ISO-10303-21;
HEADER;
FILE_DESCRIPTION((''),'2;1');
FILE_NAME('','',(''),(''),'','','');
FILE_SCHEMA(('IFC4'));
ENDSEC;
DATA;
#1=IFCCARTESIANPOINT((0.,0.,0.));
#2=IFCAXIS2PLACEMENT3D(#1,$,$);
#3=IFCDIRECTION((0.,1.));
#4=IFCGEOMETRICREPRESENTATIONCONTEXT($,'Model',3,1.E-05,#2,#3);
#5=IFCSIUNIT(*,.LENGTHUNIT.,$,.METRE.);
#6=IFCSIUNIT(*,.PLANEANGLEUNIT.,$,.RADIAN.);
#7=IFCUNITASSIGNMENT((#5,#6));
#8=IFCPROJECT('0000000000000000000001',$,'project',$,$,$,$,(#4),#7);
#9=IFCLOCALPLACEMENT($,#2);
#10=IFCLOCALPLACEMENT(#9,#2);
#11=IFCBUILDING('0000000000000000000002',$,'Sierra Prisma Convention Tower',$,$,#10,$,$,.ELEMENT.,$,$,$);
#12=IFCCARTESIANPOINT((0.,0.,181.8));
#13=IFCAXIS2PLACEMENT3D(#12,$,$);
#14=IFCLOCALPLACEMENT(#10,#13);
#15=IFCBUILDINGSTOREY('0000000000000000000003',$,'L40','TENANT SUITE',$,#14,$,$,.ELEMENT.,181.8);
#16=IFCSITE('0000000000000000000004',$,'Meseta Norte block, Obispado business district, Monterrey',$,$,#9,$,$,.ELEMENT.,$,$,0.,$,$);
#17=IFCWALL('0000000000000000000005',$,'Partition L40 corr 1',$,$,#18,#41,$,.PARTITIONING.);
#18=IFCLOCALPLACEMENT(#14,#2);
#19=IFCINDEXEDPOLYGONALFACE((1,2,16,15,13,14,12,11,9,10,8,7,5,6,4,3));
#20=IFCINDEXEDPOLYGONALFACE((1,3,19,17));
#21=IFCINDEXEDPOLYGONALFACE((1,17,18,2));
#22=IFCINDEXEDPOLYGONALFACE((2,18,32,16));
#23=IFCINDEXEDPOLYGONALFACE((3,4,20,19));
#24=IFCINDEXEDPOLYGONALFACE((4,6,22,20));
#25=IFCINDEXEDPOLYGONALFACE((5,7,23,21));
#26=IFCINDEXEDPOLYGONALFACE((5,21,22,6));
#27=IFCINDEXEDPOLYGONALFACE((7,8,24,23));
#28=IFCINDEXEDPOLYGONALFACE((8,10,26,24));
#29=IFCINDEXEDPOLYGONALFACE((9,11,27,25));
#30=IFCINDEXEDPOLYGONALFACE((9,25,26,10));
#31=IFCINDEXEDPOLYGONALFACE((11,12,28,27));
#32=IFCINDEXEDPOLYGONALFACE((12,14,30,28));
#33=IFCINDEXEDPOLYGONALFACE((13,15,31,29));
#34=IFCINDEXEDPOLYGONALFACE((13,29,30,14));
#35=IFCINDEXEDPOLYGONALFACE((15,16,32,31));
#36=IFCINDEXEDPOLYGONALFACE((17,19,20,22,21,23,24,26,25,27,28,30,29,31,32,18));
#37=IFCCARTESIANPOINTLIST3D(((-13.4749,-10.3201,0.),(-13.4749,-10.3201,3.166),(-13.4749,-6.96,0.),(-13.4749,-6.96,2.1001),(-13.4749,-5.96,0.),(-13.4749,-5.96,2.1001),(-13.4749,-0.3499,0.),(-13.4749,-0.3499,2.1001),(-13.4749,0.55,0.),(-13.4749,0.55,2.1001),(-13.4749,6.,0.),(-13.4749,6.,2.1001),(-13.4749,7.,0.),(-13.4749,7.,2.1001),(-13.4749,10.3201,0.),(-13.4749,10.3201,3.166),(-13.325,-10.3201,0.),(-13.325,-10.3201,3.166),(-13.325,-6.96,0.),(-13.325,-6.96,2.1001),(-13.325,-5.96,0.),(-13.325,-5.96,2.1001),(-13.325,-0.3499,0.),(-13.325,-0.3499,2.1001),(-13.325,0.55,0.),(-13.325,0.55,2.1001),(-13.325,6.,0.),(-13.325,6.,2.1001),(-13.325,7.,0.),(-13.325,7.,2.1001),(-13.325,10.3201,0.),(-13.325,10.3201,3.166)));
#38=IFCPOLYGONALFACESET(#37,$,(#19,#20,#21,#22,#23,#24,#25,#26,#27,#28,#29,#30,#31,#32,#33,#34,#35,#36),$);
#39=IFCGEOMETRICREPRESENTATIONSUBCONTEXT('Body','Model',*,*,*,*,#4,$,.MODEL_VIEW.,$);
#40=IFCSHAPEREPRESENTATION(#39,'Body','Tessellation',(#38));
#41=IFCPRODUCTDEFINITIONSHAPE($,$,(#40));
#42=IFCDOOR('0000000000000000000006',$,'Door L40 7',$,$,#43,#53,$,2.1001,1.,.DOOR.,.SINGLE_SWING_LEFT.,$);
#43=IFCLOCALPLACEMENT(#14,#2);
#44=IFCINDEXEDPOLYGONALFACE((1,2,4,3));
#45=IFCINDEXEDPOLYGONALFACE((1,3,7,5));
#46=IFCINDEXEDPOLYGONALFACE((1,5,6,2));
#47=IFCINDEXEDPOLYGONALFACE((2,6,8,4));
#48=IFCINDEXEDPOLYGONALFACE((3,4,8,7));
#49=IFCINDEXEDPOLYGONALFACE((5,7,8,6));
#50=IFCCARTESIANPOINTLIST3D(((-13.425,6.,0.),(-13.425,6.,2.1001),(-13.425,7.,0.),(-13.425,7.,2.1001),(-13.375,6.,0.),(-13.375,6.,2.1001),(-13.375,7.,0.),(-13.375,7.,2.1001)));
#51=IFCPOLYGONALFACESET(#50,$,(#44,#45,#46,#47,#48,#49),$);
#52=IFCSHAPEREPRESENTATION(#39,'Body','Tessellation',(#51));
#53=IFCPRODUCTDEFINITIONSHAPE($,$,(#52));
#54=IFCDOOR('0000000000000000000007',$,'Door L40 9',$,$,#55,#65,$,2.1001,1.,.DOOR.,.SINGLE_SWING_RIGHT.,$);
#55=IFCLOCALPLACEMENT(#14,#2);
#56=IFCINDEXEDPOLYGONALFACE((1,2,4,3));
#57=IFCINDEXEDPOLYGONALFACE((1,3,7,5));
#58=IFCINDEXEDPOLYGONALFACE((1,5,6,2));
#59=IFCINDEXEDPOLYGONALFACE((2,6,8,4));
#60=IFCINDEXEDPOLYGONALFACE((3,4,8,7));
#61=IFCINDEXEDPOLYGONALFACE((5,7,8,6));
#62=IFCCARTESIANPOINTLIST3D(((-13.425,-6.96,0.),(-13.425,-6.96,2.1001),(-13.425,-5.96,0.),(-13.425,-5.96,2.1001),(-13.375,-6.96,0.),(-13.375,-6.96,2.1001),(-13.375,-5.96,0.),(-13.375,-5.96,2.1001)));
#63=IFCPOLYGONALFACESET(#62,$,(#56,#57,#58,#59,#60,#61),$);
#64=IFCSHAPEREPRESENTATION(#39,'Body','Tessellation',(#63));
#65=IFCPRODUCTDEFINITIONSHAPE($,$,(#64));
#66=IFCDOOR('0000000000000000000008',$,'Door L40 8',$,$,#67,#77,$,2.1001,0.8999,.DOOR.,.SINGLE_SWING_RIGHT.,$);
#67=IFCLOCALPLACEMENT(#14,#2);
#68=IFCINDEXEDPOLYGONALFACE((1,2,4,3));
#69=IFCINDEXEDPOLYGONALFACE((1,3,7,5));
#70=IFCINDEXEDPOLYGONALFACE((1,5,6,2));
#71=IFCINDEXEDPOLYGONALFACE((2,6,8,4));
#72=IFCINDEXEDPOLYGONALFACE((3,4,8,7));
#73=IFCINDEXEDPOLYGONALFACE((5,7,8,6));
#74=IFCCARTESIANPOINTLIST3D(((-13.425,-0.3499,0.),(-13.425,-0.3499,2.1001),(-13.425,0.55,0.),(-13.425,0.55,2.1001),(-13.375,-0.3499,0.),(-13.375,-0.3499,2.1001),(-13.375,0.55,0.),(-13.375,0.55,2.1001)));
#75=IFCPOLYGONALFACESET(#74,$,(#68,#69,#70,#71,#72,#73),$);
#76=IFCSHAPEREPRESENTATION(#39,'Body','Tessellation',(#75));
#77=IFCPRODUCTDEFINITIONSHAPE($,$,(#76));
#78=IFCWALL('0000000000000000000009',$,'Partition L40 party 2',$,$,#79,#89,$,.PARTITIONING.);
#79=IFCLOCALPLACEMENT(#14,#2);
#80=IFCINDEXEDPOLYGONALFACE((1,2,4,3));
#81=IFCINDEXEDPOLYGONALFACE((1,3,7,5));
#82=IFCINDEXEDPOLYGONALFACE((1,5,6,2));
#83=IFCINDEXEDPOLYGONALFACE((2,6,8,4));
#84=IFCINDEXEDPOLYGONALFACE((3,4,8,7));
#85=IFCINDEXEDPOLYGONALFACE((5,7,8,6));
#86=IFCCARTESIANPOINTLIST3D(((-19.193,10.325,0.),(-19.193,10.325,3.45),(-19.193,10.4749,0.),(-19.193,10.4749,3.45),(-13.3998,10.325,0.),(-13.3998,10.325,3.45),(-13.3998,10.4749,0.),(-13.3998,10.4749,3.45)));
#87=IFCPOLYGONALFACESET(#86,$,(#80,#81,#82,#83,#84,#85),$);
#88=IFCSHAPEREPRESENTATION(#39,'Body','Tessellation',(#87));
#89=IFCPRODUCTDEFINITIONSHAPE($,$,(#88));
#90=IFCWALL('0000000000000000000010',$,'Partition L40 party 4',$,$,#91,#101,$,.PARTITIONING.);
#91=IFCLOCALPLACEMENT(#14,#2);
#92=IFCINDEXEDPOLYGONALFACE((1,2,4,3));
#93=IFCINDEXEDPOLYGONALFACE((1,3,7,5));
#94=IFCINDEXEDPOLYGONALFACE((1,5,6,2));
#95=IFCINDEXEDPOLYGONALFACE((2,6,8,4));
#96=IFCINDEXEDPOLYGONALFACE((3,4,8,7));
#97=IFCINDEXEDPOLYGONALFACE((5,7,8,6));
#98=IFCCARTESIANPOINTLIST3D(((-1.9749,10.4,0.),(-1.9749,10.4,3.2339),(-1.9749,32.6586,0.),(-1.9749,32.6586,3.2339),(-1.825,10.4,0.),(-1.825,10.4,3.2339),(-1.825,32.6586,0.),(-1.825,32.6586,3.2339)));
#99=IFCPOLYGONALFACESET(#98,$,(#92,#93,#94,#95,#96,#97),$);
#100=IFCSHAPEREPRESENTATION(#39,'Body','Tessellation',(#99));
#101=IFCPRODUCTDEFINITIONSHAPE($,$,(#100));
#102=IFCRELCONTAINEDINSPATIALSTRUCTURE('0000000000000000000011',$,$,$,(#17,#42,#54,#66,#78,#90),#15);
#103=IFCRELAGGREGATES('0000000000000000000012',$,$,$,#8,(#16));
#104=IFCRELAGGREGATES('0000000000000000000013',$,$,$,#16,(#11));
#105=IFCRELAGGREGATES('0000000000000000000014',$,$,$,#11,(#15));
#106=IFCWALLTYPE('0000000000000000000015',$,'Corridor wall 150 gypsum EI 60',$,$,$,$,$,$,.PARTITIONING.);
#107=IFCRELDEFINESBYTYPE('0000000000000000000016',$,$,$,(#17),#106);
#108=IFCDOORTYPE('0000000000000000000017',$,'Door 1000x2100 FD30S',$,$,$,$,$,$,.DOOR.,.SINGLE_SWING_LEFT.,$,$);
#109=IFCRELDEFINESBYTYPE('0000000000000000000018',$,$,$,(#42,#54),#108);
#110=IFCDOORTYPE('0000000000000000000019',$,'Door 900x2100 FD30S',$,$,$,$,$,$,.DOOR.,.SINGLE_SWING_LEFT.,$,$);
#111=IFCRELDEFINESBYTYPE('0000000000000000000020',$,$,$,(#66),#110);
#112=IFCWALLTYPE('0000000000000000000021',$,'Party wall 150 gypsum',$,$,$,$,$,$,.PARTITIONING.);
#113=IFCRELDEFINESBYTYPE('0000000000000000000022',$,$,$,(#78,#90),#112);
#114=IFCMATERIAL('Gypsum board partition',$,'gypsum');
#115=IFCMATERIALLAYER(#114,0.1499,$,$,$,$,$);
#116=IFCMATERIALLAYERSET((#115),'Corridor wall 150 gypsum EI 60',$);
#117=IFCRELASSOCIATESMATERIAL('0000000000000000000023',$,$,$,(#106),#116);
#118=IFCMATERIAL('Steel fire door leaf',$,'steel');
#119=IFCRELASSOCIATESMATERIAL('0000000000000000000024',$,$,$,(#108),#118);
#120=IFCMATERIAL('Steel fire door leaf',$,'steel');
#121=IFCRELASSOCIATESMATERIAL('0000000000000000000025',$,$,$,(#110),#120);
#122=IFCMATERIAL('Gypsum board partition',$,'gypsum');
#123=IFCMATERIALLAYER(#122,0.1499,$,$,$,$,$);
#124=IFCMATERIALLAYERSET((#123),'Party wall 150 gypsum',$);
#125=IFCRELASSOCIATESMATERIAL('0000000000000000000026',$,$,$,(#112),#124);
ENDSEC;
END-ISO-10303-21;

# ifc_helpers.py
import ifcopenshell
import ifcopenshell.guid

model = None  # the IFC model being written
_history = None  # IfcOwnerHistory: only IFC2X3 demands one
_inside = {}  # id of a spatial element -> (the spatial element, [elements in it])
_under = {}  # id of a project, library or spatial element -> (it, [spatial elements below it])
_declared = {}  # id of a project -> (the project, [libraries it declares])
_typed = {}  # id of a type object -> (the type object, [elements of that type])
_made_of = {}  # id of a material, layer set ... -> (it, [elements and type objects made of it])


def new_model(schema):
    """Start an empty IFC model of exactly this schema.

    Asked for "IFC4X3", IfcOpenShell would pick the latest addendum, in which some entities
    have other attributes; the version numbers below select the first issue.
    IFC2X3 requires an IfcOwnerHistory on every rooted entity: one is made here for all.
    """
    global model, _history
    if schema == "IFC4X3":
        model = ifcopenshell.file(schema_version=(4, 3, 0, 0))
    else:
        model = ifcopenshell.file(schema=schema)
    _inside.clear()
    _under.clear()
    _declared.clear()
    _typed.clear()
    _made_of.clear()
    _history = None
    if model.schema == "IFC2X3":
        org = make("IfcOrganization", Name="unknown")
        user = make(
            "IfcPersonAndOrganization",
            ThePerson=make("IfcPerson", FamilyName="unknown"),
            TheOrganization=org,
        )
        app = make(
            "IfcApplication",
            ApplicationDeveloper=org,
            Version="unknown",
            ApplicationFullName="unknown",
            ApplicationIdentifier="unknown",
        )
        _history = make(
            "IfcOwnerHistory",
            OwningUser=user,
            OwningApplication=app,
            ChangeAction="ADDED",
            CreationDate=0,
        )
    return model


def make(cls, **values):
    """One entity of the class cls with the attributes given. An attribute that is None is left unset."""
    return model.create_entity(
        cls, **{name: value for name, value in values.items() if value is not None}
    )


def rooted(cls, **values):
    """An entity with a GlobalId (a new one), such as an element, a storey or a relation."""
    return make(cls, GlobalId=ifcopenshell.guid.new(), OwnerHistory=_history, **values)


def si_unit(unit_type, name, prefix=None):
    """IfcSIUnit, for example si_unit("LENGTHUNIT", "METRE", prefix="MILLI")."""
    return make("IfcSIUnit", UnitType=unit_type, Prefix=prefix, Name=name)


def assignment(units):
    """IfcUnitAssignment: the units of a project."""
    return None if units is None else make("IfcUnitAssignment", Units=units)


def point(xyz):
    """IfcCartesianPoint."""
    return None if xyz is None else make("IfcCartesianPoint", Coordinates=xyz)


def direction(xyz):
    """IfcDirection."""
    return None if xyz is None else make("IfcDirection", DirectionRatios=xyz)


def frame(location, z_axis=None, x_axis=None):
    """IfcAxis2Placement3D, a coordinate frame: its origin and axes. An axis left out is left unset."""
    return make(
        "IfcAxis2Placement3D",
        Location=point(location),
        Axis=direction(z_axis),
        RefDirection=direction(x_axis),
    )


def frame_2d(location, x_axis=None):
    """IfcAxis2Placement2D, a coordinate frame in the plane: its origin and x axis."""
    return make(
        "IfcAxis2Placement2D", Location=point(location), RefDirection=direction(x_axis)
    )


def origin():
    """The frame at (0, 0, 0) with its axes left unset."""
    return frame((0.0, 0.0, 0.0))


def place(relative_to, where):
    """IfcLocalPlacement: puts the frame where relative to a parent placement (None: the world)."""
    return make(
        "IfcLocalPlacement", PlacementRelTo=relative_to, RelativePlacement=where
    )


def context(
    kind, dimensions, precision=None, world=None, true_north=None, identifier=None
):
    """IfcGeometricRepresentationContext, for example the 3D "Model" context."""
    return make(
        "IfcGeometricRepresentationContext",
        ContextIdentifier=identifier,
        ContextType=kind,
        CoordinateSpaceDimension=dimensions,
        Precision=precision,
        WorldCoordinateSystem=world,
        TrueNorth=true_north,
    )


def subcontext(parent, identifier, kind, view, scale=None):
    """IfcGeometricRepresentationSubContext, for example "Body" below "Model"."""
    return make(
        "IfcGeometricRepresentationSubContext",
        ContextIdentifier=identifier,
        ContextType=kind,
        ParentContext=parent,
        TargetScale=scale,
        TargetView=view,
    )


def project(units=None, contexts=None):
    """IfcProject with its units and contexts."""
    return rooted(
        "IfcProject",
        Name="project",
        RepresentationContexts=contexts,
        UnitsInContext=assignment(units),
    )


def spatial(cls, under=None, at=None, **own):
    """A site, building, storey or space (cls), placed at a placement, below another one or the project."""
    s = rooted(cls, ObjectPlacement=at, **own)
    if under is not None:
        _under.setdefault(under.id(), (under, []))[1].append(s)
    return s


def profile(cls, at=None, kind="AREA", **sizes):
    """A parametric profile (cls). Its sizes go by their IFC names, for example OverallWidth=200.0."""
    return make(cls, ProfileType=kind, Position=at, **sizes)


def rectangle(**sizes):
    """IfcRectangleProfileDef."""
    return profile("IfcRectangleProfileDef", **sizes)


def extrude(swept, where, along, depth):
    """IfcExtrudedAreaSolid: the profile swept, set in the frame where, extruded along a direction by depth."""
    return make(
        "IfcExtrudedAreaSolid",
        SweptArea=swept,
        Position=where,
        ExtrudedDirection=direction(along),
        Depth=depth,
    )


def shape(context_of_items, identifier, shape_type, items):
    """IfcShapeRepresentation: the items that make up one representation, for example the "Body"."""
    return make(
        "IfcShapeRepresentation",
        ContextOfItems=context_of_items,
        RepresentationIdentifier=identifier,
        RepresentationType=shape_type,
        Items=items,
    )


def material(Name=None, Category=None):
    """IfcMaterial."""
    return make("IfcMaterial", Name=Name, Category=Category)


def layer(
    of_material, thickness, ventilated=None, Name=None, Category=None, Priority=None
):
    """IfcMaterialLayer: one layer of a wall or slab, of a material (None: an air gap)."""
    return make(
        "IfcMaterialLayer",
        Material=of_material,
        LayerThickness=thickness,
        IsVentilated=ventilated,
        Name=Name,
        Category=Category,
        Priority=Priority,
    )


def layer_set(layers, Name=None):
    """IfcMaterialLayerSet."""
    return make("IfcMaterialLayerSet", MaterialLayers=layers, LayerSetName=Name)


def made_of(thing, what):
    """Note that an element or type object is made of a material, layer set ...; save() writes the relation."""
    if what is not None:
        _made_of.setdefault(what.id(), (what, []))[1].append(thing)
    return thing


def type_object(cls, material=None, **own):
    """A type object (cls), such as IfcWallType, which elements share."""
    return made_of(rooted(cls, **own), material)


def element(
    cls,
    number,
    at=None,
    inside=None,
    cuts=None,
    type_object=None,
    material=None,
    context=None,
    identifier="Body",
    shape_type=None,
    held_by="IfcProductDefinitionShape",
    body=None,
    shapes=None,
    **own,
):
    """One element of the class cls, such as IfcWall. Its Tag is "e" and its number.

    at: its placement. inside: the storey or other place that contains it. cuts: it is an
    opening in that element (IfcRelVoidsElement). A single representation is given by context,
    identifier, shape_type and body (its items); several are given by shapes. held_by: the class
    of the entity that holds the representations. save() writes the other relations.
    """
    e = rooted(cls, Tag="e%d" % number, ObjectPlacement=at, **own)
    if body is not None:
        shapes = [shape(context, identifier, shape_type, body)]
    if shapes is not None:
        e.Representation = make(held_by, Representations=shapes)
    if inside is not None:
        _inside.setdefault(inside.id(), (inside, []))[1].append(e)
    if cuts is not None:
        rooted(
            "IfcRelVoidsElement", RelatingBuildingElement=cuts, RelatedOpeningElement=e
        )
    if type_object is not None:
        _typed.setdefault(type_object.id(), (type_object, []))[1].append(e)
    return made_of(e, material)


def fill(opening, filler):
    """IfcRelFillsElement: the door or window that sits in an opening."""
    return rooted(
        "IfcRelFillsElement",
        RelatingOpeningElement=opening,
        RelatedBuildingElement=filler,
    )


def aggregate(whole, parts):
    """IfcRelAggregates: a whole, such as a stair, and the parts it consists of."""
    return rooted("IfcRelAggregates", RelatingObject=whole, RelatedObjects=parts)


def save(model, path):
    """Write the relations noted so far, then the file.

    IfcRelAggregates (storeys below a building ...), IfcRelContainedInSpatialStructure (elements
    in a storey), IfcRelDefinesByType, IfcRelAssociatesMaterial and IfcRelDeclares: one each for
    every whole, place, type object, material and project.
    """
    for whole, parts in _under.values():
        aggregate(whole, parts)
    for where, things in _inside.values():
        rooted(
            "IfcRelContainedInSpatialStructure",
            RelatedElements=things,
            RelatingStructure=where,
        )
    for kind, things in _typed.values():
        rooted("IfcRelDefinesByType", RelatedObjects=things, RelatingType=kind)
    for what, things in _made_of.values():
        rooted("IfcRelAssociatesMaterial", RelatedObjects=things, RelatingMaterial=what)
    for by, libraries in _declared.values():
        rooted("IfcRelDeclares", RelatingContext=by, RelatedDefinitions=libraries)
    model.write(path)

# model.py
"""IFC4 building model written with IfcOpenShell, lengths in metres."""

from ifc_helpers import new_model, si_unit, direction, frame, frame_2d, origin, place, context, subcontext, project, spatial, rectangle, extrude, material, layer, layer_set, type_object, element, fill, save


model = new_model("IFC4")

# Units and contexts
model_context = context("Model", 3, precision=1e-05, world=origin(), true_north=direction((0.0, 1.0)))
body_context = subcontext(model_context, "Body", "Model", "MODEL_VIEW")
ifc_project = project(units=[si_unit("LENGTHUNIT", "METRE"), si_unit("PLANEANGLEUNIT", "RADIAN")], contexts=[model_context])

# Site, building, storey
site_placement = place(None, origin())
site = spatial("IfcSite", under=ifc_project, at=site_placement, Name="Meseta Norte block, Obispado business district, Monterrey", CompositionType="ELEMENT", RefElevation=0.0)
building_placement = place(site_placement, origin())
building = spatial("IfcBuilding", under=site, at=building_placement, Name="Sierra Prisma Convention Tower", CompositionType="ELEMENT")
storey_placement = place(building_placement, frame((0.0, 0.0, 181.8)))
storey = spatial("IfcBuildingStorey", under=building, at=storey_placement, Name="L40", Description="TENANT SUITE", CompositionType="ELEMENT", Elevation=181.8)

# Wall, openings, doors
ifc_material_1 = material(Name="Gypsum board partition", Category="gypsum")
ifc_layer_1 = layer(ifc_material_1, 0.1499)
ifc_layer_set_1 = layer_set([ifc_layer_1], Name="Corridor wall 150 gypsum EI 60")
wall_type_1 = type_object("IfcWallType", Name="Corridor wall 150 gypsum EI 60", PredefinedType="PARTITIONING", material=ifc_layer_set_1)
wall_1_placement = place(storey_placement, frame((-13.3999, 10.3201, 0.0), z_axis=(0.0, 0.0, 1.0), x_axis=(0.0, -1.0, 0.0)))
wall_1 = element("IfcWall", 1, at=wall_1_placement, inside=storey, type_object=wall_type_1, Name="Partition L40 corr 1", PredefinedType="PARTITIONING", context=body_context, shape_type="SweptSolid", body=[
    extrude(rectangle(XDim=20.6401, YDim=0.1499, at=frame_2d((10.3201, 0.0))), origin(), (0.0, 0.0, 1.0), 3.166),
])
opening_1_placement = place(wall_1_placement, frame((3.3201, 0.0, 0.0)))
opening_1 = element("IfcOpeningElement", 2, at=opening_1_placement, cuts=wall_1, PredefinedType="OPENING", context=body_context, shape_type="SweptSolid", body=[
    extrude(rectangle(XDim=1.0, YDim=2.1001, at=frame_2d((0.5, 1.05))), frame((0.0, 0.075, 0.0), z_axis=(0.0, -1.0, 0.0), x_axis=(1.0, 0.0, 0.0)), (0.0, 0.0, 1.0), 0.1499),
])
opening_2_placement = place(wall_1_placement, frame((9.77, 0.0, 0.0)))
opening_2 = element("IfcOpeningElement", 3, at=opening_2_placement, cuts=wall_1, PredefinedType="OPENING", context=body_context, shape_type="SweptSolid", body=[
    extrude(rectangle(XDim=0.8999, YDim=2.1001, at=frame_2d((0.45, 1.05))), frame((0.0, 0.075, 0.0), z_axis=(0.0, -1.0, 0.0), x_axis=(1.0, 0.0, 0.0)), (0.0, 0.0, 1.0), 0.1499),
])
opening_3_placement = place(wall_1_placement, frame((16.28, 0.0, 0.0)))
opening_3 = element("IfcOpeningElement", 4, at=opening_3_placement, cuts=wall_1, PredefinedType="OPENING", context=body_context, shape_type="SweptSolid", body=[
    extrude(rectangle(XDim=1.0, YDim=2.1001, at=frame_2d((0.5, 1.05))), frame((0.0, 0.075, 0.0), z_axis=(0.0, -1.0, 0.0), x_axis=(1.0, 0.0, 0.0)), (0.0, 0.0, 1.0), 0.1499),
])
ifc_material_2 = material(Name="Steel fire door leaf", Category="steel")
door_type_1 = type_object("IfcDoorType", Name="Door 1000x2100 FD30S", OperationType="SINGLE_SWING_LEFT", PredefinedType="DOOR", material=ifc_material_2)
door_1_placement = place(opening_1_placement, origin())
door_1 = element("IfcDoor", 5, at=door_1_placement, inside=storey, type_object=door_type_1, Name="Door L40 7", OperationType="SINGLE_SWING_LEFT", OverallHeight=2.1001, OverallWidth=1.0, PredefinedType="DOOR", context=body_context, shape_type="SweptSolid", body=[
    extrude(rectangle(XDim=1.0, YDim=2.1001, at=frame_2d((0.5, 1.05))), frame((0.0, 0.0249, 0.0), z_axis=(0.0, -1.0, 0.0), x_axis=(1.0, 0.0, 0.0)), (0.0, 0.0, 1.0), 0.05),
])
fill(opening_1, door_1)
door_2_placement = place(opening_3_placement, origin())
door_2 = element("IfcDoor", 6, at=door_2_placement, inside=storey, type_object=door_type_1, Name="Door L40 9", OperationType="SINGLE_SWING_RIGHT", OverallHeight=2.1001, OverallWidth=1.0, PredefinedType="DOOR", context=body_context, shape_type="SweptSolid", body=[
    extrude(rectangle(XDim=1.0, YDim=2.1001, at=frame_2d((0.5, 1.05))), frame((0.0, 0.0249, 0.0), z_axis=(0.0, -1.0, 0.0), x_axis=(1.0, 0.0, 0.0)), (0.0, 0.0, 1.0), 0.05),
])
fill(opening_3, door_2)
ifc_material_3 = material(Name="Steel fire door leaf", Category="steel")
door_type_2 = type_object("IfcDoorType", Name="Door 900x2100 FD30S", OperationType="SINGLE_SWING_LEFT", PredefinedType="DOOR", material=ifc_material_3)
door_3_placement = place(opening_2_placement, origin())
door_3 = element("IfcDoor", 7, at=door_3_placement, inside=storey, type_object=door_type_2, Name="Door L40 8", OperationType="SINGLE_SWING_RIGHT", OverallHeight=2.1001, OverallWidth=0.8999, PredefinedType="DOOR", context=body_context, shape_type="SweptSolid", body=[
    extrude(rectangle(XDim=0.8999, YDim=2.1001, at=frame_2d((0.45, 1.05))), frame((0.0, 0.0249, 0.0), z_axis=(0.0, -1.0, 0.0), x_axis=(1.0, 0.0, 0.0)), (0.0, 0.0, 1.0), 0.05),
])
fill(opening_2, door_3)

# Walls
ifc_material_4 = material(Name="Gypsum board partition", Category="gypsum")
ifc_layer_2 = layer(ifc_material_4, 0.1499)
ifc_layer_set_2 = layer_set([ifc_layer_2], Name="Party wall 150 gypsum")
wall_type_2 = type_object("IfcWallType", Name="Party wall 150 gypsum", PredefinedType="PARTITIONING", material=ifc_layer_set_2)
wall_2_placement = place(storey_placement, frame((-13.3999, 10.3999, 0.0), z_axis=(0.0, 0.0, 1.0), x_axis=(-1.0, 0.0, 0.0)))
element("IfcWall", 8, at=wall_2_placement, inside=storey, type_object=wall_type_2, Name="Partition L40 party 2", PredefinedType="PARTITIONING", context=body_context, shape_type="SweptSolid", body=[
    extrude(rectangle(XDim=5.7932, YDim=0.1499, at=frame_2d((2.8965, 0.0))), origin(), (0.0, 0.0, 1.0), 3.45),
])
wall_3_placement = place(storey_placement, frame((-1.8999, 10.3999, 0.0), z_axis=(0.0, 0.0, 1.0), x_axis=(0.0, 1.0, 0.0)))
element("IfcWall", 9, at=wall_3_placement, inside=storey, type_object=wall_type_2, Name="Partition L40 party 4", PredefinedType="PARTITIONING", context=body_context, shape_type="SweptSolid", body=[
    extrude(rectangle(XDim=22.2585, YDim=0.1499, at=frame_2d((11.1294, 0.0))), origin(), (0.0, 0.0, 1.0), 3.2339),
])

save(model, "model.ifc")
